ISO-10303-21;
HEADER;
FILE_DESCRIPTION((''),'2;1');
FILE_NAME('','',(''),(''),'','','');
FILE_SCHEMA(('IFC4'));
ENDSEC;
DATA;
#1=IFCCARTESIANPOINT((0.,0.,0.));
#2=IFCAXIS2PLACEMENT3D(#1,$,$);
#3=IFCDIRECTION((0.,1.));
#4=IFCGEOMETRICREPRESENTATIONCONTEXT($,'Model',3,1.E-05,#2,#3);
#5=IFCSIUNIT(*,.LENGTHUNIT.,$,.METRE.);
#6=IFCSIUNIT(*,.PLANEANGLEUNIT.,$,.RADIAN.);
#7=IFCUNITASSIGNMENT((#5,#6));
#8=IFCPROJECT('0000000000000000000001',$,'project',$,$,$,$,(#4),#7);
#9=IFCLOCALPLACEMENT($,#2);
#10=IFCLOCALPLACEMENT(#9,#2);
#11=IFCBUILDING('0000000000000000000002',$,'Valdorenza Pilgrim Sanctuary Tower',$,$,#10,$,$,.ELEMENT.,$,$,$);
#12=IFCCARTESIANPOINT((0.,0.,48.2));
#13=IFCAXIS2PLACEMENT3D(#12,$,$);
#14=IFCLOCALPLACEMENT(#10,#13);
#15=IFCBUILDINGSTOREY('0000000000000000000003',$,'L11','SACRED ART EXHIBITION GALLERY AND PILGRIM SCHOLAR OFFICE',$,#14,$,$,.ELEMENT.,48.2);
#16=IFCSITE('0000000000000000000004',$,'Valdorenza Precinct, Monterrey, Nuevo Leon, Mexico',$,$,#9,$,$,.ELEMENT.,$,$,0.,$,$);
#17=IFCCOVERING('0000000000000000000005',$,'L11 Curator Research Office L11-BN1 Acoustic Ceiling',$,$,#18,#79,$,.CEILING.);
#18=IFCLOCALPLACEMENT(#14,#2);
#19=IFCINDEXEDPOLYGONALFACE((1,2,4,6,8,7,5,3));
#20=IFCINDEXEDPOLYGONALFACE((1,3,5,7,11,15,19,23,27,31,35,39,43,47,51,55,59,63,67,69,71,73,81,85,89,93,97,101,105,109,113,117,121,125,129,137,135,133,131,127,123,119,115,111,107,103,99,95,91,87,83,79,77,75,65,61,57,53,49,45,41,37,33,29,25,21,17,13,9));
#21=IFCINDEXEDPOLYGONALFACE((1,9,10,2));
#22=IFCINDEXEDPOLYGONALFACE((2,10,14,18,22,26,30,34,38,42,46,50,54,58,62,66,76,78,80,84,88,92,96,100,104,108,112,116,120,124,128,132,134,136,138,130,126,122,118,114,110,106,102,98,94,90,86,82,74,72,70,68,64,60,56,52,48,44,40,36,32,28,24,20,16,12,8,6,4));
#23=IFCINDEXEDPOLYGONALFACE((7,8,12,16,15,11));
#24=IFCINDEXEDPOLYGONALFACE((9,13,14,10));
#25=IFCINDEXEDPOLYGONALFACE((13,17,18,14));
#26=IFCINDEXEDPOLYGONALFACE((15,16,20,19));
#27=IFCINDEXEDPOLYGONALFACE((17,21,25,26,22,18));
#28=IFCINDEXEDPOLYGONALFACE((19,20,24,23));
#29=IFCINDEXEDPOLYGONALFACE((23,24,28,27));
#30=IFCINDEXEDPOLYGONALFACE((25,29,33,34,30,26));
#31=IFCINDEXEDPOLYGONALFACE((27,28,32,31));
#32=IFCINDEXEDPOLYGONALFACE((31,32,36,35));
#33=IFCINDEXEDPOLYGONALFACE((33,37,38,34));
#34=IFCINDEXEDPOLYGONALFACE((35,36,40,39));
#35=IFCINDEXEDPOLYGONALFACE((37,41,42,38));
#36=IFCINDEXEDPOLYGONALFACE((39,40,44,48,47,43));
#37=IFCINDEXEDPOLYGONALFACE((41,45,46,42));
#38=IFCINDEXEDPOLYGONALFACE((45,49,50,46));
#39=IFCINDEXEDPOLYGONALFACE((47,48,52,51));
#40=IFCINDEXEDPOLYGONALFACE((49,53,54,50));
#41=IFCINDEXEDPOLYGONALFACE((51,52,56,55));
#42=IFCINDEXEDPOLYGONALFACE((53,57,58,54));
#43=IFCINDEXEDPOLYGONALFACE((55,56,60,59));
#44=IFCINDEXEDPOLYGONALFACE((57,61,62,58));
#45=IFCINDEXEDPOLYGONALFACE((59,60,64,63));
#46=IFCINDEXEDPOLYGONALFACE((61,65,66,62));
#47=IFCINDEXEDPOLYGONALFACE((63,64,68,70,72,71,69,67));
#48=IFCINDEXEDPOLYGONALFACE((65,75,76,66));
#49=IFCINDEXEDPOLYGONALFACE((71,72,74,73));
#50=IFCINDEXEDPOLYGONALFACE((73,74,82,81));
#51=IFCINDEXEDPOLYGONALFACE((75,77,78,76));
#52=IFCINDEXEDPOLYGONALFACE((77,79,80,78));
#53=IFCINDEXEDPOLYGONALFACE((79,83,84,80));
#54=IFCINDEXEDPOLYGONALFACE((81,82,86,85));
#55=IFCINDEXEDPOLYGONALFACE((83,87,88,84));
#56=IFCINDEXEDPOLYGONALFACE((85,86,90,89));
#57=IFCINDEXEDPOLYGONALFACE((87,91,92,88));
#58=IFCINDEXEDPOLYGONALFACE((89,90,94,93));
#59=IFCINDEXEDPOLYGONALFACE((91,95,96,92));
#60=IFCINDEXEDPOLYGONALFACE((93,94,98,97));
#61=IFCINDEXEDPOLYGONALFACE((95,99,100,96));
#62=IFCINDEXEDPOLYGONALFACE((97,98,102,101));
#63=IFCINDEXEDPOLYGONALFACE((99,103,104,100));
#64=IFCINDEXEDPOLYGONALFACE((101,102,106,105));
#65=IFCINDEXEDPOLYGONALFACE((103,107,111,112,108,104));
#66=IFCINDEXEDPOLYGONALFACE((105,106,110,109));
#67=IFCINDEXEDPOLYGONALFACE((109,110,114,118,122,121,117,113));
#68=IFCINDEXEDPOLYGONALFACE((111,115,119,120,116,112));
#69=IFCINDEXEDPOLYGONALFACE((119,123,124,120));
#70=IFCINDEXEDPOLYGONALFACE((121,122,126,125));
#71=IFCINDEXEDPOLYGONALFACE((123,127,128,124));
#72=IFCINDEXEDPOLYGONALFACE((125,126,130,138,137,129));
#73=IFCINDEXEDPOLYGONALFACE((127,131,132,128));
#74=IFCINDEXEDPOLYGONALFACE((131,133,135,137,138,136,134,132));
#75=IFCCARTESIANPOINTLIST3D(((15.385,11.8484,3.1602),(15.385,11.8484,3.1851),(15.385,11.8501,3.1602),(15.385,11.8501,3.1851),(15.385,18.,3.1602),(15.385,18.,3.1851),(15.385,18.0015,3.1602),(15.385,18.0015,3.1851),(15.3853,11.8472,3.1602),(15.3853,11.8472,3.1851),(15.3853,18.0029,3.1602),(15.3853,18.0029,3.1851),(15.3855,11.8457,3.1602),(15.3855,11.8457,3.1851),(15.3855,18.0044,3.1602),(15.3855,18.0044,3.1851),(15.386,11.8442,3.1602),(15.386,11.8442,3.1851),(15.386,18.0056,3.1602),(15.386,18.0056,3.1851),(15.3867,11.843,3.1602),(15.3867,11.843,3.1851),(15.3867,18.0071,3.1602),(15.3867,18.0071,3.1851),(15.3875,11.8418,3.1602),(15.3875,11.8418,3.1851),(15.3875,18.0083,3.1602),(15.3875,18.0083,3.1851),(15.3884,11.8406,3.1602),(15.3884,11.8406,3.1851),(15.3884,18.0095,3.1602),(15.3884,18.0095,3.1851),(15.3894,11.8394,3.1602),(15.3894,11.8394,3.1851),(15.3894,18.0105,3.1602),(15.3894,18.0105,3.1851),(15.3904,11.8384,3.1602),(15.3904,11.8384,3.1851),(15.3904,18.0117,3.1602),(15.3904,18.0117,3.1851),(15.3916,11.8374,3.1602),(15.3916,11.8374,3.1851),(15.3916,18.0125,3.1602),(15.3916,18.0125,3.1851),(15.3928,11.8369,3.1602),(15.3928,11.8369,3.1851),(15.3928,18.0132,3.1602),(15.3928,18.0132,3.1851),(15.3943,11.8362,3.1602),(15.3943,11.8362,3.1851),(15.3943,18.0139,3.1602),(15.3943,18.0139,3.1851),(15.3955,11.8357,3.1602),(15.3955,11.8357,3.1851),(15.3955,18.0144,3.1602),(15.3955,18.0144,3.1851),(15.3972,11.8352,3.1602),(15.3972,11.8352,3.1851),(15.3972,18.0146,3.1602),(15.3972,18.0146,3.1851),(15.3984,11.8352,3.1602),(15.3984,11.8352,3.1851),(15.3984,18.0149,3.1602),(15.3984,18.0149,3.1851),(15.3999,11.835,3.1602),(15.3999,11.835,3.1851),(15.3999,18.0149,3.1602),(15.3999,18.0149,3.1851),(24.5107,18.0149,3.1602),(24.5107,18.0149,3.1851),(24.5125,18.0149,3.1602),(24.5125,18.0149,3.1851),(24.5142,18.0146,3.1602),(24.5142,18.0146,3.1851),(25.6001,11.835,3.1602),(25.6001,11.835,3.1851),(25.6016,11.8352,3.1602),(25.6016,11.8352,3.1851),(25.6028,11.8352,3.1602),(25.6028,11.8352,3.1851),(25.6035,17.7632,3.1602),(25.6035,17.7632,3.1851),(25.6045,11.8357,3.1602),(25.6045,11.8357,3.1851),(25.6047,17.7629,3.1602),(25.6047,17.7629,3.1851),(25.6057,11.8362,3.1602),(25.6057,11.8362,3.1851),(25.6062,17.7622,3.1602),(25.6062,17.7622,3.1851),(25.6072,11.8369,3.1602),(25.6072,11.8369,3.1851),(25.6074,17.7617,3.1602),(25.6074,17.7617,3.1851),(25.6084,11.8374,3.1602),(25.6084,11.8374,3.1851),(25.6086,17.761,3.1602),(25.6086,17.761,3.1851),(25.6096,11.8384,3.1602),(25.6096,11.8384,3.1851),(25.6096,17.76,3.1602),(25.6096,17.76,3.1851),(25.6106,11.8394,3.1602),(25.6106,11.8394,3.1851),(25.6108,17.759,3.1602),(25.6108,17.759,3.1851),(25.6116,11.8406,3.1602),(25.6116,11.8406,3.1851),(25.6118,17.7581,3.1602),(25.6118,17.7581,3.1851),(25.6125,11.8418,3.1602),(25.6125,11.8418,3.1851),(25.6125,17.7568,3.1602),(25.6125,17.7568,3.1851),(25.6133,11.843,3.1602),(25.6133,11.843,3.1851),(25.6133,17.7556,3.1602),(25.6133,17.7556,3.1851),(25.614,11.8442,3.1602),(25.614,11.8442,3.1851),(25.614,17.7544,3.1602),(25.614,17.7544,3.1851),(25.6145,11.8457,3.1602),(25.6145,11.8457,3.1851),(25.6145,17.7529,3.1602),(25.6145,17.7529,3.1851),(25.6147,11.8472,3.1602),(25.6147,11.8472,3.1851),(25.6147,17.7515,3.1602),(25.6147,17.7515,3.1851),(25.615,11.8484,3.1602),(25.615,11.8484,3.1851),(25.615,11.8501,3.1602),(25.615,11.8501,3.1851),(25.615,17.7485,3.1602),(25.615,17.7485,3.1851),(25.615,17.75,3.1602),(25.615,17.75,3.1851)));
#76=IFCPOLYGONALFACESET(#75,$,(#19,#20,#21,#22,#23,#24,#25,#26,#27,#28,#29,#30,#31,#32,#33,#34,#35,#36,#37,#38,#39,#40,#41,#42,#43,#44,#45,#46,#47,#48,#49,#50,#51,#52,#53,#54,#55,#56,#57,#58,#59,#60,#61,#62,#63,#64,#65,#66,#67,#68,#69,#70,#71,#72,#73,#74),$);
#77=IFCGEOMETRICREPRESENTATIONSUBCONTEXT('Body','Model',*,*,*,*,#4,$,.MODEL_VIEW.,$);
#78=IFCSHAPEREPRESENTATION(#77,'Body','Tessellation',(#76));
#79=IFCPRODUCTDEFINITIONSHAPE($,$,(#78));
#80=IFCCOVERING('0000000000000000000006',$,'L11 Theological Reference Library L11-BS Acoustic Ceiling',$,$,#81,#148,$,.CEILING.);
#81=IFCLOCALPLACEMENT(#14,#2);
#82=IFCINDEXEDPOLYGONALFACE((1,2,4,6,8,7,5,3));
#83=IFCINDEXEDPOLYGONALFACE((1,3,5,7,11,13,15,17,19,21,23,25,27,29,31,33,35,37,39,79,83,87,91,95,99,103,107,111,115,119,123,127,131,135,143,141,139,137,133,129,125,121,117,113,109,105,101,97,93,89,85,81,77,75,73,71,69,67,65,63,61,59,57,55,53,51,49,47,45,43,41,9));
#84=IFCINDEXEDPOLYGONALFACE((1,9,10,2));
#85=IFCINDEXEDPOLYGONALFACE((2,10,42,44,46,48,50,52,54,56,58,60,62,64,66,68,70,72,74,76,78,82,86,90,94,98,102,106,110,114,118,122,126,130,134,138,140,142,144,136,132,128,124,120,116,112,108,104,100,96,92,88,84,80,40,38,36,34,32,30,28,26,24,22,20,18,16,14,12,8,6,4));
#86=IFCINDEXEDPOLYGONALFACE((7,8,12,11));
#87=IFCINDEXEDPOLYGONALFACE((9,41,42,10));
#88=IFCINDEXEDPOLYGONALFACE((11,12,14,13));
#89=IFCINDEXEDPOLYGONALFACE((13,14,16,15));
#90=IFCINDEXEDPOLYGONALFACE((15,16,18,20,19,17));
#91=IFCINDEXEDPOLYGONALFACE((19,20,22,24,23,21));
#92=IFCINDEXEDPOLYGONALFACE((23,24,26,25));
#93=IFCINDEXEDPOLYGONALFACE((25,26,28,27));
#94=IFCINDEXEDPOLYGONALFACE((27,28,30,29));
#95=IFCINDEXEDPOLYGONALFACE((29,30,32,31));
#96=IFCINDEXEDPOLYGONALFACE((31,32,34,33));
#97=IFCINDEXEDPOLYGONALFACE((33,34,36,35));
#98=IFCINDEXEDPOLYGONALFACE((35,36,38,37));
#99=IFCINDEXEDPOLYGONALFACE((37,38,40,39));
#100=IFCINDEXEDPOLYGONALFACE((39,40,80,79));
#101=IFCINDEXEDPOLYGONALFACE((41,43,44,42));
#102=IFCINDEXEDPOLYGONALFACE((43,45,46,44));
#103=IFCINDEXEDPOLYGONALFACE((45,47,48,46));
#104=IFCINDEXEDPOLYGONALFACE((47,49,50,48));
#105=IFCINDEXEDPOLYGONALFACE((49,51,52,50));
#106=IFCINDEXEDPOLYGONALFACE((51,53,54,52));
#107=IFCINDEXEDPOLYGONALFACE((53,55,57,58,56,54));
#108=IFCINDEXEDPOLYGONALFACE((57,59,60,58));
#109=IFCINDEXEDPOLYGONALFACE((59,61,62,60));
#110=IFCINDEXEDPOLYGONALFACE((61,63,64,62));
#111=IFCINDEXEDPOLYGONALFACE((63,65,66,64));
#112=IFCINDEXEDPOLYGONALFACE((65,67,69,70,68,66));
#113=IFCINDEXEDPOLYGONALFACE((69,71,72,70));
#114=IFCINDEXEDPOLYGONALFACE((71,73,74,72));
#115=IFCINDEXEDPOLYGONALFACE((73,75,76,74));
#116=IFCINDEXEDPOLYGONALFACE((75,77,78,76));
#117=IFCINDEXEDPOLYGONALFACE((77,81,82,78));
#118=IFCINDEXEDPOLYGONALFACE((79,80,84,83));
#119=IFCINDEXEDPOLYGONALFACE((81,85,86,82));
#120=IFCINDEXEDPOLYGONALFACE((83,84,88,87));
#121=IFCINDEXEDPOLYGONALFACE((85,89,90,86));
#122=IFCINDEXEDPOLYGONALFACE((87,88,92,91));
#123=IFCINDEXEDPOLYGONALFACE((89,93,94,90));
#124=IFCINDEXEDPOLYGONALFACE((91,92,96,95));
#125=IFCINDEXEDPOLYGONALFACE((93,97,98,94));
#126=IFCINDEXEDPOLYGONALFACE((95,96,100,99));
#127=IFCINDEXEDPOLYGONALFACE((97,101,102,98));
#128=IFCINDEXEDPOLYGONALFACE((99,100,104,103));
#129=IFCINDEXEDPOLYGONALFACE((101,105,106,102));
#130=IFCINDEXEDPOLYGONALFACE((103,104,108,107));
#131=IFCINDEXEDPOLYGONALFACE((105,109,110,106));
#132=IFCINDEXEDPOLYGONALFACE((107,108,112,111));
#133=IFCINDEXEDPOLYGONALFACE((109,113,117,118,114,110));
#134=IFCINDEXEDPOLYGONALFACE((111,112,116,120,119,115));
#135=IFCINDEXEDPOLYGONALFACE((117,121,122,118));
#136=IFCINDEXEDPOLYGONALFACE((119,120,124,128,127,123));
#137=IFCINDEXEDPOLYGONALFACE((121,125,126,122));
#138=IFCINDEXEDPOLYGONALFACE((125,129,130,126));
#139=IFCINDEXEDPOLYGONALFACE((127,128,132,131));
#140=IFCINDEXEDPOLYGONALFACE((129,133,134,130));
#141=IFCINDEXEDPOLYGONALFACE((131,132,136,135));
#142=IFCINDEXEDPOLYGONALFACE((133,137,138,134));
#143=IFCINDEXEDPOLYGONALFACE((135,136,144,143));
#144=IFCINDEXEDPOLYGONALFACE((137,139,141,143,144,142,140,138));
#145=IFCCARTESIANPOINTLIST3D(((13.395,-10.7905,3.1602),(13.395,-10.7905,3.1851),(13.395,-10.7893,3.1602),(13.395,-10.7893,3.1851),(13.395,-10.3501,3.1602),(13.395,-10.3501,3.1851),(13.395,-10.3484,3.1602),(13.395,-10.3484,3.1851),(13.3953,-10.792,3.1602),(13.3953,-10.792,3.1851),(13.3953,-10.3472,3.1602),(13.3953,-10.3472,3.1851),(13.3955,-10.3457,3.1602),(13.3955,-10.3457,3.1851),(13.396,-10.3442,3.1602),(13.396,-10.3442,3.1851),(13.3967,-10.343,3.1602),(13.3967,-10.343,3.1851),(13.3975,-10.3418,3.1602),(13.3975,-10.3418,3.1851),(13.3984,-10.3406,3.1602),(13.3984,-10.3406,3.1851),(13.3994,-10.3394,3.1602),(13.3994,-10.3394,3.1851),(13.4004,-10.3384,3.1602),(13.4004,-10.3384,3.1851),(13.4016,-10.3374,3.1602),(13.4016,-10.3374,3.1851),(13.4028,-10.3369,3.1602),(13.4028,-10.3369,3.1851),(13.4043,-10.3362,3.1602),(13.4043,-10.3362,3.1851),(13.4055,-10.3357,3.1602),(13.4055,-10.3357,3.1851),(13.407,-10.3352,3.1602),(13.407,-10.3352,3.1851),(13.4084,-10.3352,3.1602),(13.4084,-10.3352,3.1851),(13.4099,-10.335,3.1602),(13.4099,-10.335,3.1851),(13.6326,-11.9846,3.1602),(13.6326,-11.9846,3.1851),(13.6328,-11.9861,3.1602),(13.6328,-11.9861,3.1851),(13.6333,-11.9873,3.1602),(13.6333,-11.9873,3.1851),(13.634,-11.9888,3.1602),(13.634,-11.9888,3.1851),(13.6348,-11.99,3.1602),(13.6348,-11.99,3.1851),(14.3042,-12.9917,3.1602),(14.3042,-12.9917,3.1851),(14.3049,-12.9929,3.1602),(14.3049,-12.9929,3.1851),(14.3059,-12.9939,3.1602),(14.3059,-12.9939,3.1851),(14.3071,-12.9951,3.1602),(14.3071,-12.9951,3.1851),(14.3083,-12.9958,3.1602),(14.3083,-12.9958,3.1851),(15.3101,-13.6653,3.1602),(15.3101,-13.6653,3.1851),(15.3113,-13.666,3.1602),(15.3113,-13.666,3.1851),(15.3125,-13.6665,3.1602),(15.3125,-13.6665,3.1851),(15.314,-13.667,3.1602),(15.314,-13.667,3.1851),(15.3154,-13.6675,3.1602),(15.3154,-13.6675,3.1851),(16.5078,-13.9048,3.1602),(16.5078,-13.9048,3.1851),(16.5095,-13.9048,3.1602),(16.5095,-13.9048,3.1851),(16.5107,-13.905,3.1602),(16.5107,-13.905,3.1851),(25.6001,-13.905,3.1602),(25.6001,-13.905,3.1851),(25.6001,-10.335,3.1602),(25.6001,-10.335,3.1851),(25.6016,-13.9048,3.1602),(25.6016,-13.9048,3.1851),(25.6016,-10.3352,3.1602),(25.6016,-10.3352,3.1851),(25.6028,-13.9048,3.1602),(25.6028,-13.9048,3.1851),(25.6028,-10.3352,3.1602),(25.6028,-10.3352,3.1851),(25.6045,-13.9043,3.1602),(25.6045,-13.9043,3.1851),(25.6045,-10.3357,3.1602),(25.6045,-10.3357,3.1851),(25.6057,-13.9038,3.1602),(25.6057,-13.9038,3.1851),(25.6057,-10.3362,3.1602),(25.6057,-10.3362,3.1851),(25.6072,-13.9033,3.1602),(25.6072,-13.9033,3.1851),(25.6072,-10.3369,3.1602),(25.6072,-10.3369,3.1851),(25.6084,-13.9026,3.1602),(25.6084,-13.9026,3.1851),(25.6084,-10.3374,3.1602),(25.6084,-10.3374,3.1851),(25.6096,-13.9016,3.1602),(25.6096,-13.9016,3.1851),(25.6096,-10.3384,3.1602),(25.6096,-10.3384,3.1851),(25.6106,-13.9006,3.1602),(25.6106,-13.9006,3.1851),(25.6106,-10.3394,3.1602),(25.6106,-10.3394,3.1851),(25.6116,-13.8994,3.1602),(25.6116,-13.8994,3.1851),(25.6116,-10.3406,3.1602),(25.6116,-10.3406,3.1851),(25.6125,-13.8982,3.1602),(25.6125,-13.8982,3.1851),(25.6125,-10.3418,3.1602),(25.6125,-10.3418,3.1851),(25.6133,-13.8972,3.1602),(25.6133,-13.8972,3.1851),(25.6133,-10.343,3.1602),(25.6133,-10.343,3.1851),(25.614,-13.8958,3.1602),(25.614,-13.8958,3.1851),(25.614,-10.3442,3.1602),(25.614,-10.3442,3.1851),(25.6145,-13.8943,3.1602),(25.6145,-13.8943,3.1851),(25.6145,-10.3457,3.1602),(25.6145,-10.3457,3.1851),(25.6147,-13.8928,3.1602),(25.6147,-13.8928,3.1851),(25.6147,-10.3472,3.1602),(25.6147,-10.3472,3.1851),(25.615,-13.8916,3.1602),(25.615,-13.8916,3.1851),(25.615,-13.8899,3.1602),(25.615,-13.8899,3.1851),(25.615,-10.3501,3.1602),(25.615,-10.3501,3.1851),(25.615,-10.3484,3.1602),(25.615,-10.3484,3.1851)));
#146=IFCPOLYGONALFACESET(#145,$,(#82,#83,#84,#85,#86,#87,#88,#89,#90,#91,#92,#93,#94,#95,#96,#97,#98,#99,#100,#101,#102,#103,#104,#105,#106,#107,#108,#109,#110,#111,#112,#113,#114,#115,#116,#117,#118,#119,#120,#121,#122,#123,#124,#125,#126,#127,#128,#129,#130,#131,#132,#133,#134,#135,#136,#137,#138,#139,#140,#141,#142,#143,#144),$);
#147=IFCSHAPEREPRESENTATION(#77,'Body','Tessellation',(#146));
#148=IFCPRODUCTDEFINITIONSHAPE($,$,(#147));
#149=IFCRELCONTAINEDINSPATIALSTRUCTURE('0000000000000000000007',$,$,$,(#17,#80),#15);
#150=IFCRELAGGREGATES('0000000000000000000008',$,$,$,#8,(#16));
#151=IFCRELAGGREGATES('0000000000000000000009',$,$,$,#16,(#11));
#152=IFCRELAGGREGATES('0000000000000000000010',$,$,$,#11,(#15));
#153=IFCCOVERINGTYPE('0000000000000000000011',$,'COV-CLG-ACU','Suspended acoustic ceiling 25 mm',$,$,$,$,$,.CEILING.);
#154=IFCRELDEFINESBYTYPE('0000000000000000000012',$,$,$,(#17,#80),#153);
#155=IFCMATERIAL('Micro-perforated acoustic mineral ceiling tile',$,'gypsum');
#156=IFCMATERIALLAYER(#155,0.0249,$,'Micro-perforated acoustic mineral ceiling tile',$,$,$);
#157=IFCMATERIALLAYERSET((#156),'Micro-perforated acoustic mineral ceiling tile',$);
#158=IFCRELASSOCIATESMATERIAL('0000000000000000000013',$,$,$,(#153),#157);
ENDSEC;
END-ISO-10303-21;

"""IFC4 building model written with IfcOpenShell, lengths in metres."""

from ifc_helpers import new_model, si_unit, direction, frame, origin, place, context, subcontext, project, spatial, polyline, outline, extrude, material, layer, layer_set, type_object, element, save


model = new_model("IFC4")

# Units and contexts
model_context = context("Model", 3, precision=1e-05, world=origin(), true_north=direction((0.0, 1.0)))
body_context = subcontext(model_context, "Body", "Model", "MODEL_VIEW")
ifc_project = project(units=[si_unit("LENGTHUNIT", "METRE"), si_unit("PLANEANGLEUNIT", "RADIAN")], contexts=[model_context])

# Site, building, storey
site_placement = place(None, origin())
site = spatial("IfcSite", under=ifc_project, at=site_placement, Name="Valdorenza Precinct, Monterrey, Nuevo Leon, Mexico", CompositionType="ELEMENT", RefElevation=0.0)
building_placement = place(site_placement, origin())
building = spatial("IfcBuilding", under=site, at=building_placement, Name="Valdorenza Pilgrim Sanctuary Tower", CompositionType="ELEMENT")
storey_placement = place(building_placement, frame((0.0, 0.0, 48.2)))
storey = spatial("IfcBuildingStorey", under=building, at=storey_placement, Name="L11", Description="SACRED ART EXHIBITION GALLERY AND PILGRIM SCHOLAR OFFICE", CompositionType="ELEMENT", Elevation=48.2)

# Coverings
ifc_material_1 = material(Name="Micro-perforated acoustic mineral ceiling tile", Category="gypsum")
ifc_layer_1 = layer(ifc_material_1, 0.0249, Name="Micro-perforated acoustic mineral ceiling tile")
ifc_layer_set_1 = layer_set([ifc_layer_1], Name="Micro-perforated acoustic mineral ceiling tile")
covering_type_1 = type_object("IfcCoveringType", Name="COV-CLG-ACU", Description="Suspended acoustic ceiling 25 mm", PredefinedType="CEILING", material=ifc_layer_set_1)
covering_1_placement = place(storey_placement, frame((0.0, 0.0, 3.1602)))
element("IfcCovering", 1, at=covering_1_placement, inside=storey, type_object=covering_type_1, Name="L11 Curator Research Office L11-BN1 Acoustic Ceiling", PredefinedType="CEILING", context=body_context, shape_type="SweptSolid", body=[
    extrude(outline(polyline([(15.3999, 11.835), (15.3984, 11.8352), (15.3972, 11.8352), (15.3955, 11.8357), (15.3943, 11.8362), (15.3928, 11.8369), (15.3916, 11.8374), (15.3904, 11.8384), (15.3894, 11.8394), (15.3884, 11.8406), (15.3875, 11.8418), (15.3867, 11.843), (15.386, 11.8442), (15.3855, 11.8457), (15.3853, 11.8472), (15.385, 11.8484), (15.385, 11.8501), (15.385, 18.0), (15.385, 18.0015), (15.3853, 18.0029), (15.3855, 18.0044), (15.386, 18.0056), (15.3867, 18.0071), (15.3875, 18.0083), (15.3884, 18.0095), (15.3894, 18.0105), (15.3904, 18.0117), (15.3916, 18.0125), (15.3928, 18.0132), (15.3943, 18.0139), (15.3955, 18.0144), (15.3972, 18.0146), (15.3984, 18.0149), (15.3999, 18.0149), (24.5107, 18.0149), (24.5125, 18.0149), (24.5142, 18.0146), (25.6035, 17.7632), (25.6047, 17.7629), (25.6062, 17.7622), (25.6074, 17.7617), (25.6086, 17.761), (25.6096, 17.76), (25.6108, 17.759), (25.6118, 17.7581), (25.6125, 17.7568), (25.6133, 17.7556), (25.614, 17.7544), (25.6145, 17.7529), (25.6147, 17.7515), (25.615, 17.75), (25.615, 17.7485), (25.615, 11.8501), (25.615, 11.8484), (25.6147, 11.8472), (25.6145, 11.8457), (25.614, 11.8442), (25.6133, 11.843), (25.6125, 11.8418), (25.6116, 11.8406), (25.6106, 11.8394), (25.6096, 11.8384), (25.6084, 11.8374), (25.6072, 11.8369), (25.6057, 11.8362), (25.6045, 11.8357), (25.6028, 11.8352), (25.6016, 11.8352), (25.6001, 11.835), (15.3999, 11.835)])), origin(), (0.0, 0.0, 1.0), 0.0249),
])
covering_2_placement = place(storey_placement, frame((0.0, 0.0, 3.1602)))
element("IfcCovering", 2, at=covering_2_placement, inside=storey, type_object=covering_type_1, Name="L11 Theological Reference Library L11-BS Acoustic Ceiling", PredefinedType="CEILING", context=body_context, shape_type="SweptSolid", body=[
    extrude(outline(polyline([(25.615, -13.8899), (25.615, -13.8916), (25.6147, -13.8928), (25.6145, -13.8943), (25.614, -13.8958), (25.6133, -13.8972), (25.6125, -13.8982), (25.6116, -13.8994), (25.6106, -13.9006), (25.6096, -13.9016), (25.6084, -13.9026), (25.6072, -13.9033), (25.6057, -13.9038), (25.6045, -13.9043), (25.6028, -13.9048), (25.6016, -13.9048), (25.6001, -13.905), (16.5107, -13.905), (16.5095, -13.9048), (16.5078, -13.9048), (15.3154, -13.6675), (15.314, -13.667), (15.3125, -13.6665), (15.3113, -13.666), (15.3101, -13.6653), (14.3083, -12.9958), (14.3071, -12.9951), (14.3059, -12.9939), (14.3049, -12.9929), (14.3042, -12.9917), (13.6348, -11.99), (13.634, -11.9888), (13.6333, -11.9873), (13.6328, -11.9861), (13.6326, -11.9846), (13.3953, -10.792), (13.395, -10.7905), (13.395, -10.7893), (13.395, -10.3501), (13.395, -10.3484), (13.3953, -10.3472), (13.3955, -10.3457), (13.396, -10.3442), (13.3967, -10.343), (13.3975, -10.3418), (13.3984, -10.3406), (13.3994, -10.3394), (13.4004, -10.3384), (13.4016, -10.3374), (13.4028, -10.3369), (13.4043, -10.3362), (13.4055, -10.3357), (13.407, -10.3352), (13.4084, -10.3352), (13.4099, -10.335), (25.6001, -10.335), (25.6016, -10.3352), (25.6028, -10.3352), (25.6045, -10.3357), (25.6057, -10.3362), (25.6072, -10.3369), (25.6084, -10.3374), (25.6096, -10.3384), (25.6106, -10.3394), (25.6116, -10.3406), (25.6125, -10.3418), (25.6133, -10.343), (25.614, -10.3442), (25.6145, -10.3457), (25.6147, -10.3472), (25.615, -10.3484), (25.615, -10.3501), (25.615, -13.8899)])), origin(), (0.0, 0.0, 1.0), 0.0249),
])

save(model, "model.ifc")
